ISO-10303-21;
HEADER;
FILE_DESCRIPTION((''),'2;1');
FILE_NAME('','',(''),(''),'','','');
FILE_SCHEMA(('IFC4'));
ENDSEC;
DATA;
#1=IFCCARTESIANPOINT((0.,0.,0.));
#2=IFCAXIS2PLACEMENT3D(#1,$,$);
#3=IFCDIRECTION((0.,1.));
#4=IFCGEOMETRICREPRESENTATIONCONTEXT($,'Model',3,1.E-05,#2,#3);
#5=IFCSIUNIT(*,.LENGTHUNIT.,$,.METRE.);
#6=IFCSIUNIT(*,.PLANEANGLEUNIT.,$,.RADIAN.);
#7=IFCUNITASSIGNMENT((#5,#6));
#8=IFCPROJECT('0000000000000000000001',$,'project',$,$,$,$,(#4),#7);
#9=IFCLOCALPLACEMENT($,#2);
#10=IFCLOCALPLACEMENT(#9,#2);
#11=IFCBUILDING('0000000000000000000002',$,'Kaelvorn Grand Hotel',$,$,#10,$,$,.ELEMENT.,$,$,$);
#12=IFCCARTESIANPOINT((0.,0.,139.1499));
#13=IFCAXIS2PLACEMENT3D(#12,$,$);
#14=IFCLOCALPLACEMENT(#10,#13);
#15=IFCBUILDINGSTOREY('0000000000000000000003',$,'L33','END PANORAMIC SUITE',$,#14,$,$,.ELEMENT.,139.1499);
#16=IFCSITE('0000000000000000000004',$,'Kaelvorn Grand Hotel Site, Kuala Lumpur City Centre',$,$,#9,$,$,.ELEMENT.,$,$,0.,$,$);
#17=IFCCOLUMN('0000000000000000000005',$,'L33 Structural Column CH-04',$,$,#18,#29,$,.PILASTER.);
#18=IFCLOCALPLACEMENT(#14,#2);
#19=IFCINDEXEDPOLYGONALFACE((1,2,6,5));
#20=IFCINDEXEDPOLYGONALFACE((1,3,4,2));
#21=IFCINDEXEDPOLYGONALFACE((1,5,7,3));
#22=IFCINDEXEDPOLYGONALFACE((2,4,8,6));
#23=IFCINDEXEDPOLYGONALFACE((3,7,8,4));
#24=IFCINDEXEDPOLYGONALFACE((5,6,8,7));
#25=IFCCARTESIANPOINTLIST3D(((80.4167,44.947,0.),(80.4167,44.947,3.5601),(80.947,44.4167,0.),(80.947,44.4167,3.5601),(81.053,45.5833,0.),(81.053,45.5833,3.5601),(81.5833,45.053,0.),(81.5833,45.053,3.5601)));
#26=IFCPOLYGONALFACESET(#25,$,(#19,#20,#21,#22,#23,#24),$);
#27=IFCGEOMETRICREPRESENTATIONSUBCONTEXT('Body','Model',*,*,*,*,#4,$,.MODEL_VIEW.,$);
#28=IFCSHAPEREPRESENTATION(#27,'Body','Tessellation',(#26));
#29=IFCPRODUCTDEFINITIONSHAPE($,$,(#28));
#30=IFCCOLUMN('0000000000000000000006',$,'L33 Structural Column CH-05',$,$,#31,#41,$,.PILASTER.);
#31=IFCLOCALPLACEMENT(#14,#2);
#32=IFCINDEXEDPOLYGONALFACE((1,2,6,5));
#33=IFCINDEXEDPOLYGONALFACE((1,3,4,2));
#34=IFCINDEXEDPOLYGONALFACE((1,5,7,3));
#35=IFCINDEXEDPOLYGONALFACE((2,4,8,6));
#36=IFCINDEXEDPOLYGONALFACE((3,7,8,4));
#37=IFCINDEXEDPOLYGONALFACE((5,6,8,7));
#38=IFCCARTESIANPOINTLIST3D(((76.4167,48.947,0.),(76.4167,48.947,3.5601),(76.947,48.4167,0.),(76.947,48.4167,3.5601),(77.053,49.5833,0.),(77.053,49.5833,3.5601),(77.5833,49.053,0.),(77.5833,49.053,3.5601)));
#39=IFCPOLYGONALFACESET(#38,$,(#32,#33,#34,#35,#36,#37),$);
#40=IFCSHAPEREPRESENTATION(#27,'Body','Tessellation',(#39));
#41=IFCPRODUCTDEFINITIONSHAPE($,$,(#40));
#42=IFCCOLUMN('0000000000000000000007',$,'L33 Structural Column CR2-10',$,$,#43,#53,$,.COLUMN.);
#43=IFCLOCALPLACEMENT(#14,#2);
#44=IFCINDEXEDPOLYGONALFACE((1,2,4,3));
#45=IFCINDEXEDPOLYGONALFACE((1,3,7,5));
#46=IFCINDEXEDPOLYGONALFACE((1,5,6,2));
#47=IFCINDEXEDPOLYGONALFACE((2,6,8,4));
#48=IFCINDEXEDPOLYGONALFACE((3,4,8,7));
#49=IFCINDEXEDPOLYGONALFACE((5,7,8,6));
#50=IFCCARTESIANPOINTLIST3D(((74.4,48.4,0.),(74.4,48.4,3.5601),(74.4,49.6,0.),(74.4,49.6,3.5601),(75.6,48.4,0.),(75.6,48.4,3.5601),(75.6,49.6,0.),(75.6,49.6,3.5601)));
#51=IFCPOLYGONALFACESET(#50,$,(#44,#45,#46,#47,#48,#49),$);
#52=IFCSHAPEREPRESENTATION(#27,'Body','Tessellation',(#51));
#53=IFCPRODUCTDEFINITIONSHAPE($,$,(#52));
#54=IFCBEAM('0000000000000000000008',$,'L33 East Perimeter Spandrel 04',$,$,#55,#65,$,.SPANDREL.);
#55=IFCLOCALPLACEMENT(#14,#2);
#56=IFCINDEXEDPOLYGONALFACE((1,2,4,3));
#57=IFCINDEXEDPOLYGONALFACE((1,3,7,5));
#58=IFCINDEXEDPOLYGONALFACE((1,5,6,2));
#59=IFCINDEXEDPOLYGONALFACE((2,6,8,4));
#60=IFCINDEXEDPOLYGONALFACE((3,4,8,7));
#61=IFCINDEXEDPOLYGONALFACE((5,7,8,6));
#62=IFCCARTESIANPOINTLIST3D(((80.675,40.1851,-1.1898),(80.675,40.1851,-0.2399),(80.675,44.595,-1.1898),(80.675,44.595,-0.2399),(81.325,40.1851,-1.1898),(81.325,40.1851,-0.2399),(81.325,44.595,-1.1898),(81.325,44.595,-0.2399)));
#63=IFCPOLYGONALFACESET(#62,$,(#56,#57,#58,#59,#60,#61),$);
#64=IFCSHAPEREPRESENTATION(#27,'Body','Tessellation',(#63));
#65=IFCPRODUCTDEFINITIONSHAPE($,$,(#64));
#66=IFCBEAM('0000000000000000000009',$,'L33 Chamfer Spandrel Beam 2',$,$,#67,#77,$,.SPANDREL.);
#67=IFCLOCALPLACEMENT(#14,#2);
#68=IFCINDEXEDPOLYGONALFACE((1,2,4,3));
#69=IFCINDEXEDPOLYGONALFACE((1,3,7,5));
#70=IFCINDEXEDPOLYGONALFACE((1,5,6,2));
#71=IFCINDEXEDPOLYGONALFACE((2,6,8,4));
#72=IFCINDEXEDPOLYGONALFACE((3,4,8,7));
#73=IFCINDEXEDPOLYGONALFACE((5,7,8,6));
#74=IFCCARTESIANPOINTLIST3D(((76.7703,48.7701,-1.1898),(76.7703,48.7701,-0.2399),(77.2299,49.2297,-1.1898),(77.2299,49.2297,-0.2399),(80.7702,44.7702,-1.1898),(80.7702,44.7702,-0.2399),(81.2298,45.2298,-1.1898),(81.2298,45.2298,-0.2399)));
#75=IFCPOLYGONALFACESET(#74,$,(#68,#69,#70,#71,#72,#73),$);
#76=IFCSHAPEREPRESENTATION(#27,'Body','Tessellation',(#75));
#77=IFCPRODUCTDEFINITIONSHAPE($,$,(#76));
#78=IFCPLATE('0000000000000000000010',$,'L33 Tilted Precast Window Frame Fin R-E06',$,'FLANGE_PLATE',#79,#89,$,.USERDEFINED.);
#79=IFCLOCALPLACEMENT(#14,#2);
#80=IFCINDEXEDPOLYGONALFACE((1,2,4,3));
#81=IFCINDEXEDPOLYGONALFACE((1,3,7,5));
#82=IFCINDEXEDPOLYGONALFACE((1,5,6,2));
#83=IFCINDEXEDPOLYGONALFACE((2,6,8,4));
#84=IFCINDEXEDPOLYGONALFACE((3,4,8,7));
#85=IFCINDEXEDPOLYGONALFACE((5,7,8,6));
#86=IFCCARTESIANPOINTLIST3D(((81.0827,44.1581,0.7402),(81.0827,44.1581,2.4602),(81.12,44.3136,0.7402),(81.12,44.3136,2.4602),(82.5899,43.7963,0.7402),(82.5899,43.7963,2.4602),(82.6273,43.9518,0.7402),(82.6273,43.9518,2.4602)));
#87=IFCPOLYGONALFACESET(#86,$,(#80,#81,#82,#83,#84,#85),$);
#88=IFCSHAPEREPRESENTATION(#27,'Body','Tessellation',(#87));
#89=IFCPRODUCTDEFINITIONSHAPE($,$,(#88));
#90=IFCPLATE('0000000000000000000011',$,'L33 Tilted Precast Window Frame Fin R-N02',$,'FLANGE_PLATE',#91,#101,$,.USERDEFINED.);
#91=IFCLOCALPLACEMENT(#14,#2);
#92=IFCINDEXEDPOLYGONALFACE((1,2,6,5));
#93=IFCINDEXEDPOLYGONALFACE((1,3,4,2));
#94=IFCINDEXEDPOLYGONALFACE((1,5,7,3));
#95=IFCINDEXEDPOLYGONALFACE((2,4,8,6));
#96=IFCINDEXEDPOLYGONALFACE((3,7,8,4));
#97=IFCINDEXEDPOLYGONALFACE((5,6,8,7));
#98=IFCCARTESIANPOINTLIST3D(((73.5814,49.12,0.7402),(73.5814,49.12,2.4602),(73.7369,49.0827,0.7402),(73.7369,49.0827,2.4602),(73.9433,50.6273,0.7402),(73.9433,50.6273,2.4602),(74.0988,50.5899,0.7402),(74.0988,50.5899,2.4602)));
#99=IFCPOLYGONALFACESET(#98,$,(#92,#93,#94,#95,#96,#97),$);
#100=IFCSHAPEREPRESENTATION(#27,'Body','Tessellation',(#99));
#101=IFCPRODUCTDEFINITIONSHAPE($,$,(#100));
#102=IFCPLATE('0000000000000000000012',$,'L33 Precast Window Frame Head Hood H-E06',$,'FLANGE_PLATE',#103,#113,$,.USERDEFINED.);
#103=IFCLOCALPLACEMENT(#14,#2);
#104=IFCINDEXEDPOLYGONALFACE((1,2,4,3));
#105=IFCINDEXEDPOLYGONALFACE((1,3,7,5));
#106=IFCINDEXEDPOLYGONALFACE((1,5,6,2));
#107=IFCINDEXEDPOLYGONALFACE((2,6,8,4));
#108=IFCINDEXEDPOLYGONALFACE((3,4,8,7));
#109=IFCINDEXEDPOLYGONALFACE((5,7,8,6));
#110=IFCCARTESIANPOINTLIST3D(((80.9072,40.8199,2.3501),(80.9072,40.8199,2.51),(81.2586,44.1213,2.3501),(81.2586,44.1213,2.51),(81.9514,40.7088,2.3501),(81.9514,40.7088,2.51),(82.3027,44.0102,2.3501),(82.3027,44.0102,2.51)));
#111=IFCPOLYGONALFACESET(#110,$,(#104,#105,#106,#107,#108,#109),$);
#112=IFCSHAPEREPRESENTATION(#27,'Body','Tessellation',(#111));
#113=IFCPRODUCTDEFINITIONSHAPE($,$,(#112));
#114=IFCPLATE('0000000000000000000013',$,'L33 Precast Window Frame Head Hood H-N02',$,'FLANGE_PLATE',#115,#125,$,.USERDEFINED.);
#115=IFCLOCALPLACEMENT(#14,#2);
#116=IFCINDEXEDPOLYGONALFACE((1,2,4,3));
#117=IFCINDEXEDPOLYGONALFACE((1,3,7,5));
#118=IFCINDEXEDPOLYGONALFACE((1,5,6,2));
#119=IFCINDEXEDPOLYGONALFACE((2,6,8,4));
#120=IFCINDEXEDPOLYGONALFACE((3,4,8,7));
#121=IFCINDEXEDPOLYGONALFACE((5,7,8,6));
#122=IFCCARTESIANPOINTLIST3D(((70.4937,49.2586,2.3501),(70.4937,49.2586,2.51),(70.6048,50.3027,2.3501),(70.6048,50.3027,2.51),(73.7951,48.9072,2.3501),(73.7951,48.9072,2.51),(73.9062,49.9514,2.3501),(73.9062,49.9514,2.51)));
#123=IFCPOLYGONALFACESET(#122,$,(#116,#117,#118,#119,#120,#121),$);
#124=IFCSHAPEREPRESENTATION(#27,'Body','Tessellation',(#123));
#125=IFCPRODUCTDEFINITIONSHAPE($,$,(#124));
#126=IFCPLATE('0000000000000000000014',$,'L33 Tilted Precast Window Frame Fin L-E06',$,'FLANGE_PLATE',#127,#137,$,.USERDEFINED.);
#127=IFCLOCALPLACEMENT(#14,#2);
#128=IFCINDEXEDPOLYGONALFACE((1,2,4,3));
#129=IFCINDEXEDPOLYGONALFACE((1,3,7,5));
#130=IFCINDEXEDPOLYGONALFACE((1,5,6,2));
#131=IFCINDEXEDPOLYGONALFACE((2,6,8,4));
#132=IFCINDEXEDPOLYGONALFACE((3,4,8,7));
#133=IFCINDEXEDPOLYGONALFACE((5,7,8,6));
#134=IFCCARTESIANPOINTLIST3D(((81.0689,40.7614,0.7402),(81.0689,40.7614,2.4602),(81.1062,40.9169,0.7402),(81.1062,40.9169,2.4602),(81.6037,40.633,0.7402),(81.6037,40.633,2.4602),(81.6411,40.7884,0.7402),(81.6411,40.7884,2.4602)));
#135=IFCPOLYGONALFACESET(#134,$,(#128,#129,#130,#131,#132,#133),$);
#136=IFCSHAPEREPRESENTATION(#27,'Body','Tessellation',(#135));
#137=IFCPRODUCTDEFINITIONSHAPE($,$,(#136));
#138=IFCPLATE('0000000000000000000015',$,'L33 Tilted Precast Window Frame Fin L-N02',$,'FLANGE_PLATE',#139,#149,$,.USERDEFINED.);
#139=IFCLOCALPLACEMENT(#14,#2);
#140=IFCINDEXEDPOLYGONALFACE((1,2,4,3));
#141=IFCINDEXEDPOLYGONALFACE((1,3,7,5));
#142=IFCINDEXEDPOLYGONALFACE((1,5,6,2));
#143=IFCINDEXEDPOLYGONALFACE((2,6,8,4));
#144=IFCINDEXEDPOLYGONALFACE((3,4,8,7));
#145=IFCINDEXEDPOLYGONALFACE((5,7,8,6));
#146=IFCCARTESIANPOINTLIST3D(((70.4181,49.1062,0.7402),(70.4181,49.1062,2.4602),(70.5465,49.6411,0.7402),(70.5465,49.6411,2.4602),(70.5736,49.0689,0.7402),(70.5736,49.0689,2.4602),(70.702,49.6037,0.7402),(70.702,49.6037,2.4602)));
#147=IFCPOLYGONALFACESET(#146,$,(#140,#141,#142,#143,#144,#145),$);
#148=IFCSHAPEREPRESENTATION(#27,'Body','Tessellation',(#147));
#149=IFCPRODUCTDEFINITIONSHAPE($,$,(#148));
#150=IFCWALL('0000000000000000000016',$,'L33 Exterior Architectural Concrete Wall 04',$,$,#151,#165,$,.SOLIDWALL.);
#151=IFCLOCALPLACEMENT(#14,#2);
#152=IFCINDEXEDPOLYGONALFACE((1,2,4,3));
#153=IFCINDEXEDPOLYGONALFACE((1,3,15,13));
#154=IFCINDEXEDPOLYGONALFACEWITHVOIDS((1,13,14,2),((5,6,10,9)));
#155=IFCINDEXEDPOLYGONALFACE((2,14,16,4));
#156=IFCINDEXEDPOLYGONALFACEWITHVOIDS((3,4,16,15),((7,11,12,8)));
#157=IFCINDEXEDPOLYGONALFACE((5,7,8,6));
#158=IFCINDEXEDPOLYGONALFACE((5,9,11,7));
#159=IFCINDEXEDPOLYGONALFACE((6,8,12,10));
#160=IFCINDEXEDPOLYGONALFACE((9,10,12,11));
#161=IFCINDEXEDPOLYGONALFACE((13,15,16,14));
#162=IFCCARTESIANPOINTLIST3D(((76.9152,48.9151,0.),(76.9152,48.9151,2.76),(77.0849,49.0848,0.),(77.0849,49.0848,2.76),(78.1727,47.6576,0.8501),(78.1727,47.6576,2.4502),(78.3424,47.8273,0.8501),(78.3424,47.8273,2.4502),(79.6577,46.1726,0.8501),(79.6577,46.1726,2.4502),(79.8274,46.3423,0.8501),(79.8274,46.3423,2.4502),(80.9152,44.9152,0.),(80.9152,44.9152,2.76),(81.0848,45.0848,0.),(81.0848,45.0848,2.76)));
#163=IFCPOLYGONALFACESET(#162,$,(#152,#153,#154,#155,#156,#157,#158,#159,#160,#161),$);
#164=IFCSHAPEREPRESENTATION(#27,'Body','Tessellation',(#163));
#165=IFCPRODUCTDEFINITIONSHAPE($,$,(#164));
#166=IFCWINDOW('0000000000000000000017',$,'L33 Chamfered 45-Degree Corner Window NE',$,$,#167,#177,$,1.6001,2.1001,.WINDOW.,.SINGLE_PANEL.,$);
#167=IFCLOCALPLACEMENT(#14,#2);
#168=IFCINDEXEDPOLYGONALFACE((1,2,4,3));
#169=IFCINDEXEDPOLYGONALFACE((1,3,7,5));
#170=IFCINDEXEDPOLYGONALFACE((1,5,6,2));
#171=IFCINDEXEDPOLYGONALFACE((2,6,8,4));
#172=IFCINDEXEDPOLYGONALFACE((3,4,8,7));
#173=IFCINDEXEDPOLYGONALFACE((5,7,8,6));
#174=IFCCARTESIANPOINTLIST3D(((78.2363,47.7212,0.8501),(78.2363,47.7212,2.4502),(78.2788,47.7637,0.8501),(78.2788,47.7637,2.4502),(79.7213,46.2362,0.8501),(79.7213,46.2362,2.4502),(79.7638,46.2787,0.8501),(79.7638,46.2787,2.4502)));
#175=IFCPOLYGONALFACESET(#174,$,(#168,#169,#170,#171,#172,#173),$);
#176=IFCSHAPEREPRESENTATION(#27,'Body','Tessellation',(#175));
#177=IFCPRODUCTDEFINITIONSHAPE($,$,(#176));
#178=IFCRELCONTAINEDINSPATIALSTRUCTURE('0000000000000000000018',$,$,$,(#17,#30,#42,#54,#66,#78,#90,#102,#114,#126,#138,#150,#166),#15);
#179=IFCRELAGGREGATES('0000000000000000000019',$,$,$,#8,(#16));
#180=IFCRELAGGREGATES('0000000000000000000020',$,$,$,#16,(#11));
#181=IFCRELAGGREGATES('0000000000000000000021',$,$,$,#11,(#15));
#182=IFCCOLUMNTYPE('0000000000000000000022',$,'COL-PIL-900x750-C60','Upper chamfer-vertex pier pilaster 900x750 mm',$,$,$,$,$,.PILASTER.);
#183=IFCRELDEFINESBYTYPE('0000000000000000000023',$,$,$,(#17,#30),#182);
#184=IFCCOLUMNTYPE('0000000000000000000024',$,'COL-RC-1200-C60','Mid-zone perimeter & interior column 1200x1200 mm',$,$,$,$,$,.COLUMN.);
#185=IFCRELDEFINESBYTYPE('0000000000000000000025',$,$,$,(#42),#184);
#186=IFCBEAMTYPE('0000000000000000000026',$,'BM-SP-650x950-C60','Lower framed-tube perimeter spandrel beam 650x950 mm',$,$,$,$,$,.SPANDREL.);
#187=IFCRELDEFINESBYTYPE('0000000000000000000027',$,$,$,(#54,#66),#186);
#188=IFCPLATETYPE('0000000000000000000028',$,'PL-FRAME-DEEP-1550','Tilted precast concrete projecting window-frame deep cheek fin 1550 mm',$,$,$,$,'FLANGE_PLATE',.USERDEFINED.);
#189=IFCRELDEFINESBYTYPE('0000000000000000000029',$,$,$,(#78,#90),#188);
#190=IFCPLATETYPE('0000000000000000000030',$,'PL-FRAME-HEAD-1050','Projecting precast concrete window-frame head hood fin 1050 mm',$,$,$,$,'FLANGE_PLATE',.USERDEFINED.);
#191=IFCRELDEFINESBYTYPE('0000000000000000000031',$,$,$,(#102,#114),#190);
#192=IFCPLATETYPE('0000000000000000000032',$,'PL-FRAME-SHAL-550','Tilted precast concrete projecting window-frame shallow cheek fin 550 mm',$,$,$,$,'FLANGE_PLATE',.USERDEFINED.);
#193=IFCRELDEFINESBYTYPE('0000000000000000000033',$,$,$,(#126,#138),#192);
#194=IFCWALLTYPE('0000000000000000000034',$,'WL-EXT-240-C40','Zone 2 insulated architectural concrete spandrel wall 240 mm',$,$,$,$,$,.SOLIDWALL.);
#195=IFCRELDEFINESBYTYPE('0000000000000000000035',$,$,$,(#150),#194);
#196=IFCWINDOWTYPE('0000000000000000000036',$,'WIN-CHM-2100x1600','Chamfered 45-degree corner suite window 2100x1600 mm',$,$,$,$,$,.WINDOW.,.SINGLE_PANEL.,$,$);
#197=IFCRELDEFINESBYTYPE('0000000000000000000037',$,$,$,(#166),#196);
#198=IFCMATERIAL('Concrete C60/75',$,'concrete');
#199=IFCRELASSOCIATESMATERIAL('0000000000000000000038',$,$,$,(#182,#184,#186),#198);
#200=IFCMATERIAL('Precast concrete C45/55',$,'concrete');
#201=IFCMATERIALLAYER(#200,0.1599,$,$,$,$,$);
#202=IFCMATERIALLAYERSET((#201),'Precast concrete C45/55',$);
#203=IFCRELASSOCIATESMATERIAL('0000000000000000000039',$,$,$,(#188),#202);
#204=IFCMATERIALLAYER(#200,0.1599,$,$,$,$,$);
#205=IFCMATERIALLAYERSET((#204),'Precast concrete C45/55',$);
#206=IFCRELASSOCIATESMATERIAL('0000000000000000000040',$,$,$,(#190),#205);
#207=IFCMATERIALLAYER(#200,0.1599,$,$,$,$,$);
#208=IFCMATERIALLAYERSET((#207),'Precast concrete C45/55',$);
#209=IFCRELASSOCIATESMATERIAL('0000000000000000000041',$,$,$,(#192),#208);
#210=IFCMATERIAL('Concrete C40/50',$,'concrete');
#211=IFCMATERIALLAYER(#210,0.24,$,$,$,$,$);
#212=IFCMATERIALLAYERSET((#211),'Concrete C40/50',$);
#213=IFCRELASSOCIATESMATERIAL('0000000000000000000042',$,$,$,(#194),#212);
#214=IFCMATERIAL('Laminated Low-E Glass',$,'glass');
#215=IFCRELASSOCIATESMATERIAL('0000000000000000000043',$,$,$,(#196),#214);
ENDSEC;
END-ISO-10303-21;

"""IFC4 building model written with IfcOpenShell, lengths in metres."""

from ifc_helpers import new_model, si_unit, direction, frame, frame_2d, origin, origin_2d, place, context, subcontext, project, spatial, rectangle, extrude, material, layer, layer_set, material_profile, profile_set, type_object, element, fill, save


model = new_model("IFC4")

# Units and contexts
model_context = context("Model", 3, precision=1e-05, world=origin(), true_north=direction((0.0, 1.0)))
body_context = subcontext(model_context, "Body", "Model", "MODEL_VIEW")
ifc_project = project(units=[si_unit("LENGTHUNIT", "METRE"), si_unit("PLANEANGLEUNIT", "RADIAN")], contexts=[model_context])

# Site, building, storey
site_placement = place(None, origin())
site = spatial("IfcSite", under=ifc_project, at=site_placement, Name="Kaelvorn Grand Hotel Site, Kuala Lumpur City Centre", CompositionType="ELEMENT", RefElevation=0.0)
building_placement = place(site_placement, origin())
building = spatial("IfcBuilding", under=site, at=building_placement, Name="Kaelvorn Grand Hotel", CompositionType="ELEMENT")
storey_placement = place(building_placement, frame((0.0, 0.0, 139.1499)))
storey = spatial("IfcBuildingStorey", under=building, at=storey_placement, Name="L33", Description="END PANORAMIC SUITE", CompositionType="ELEMENT", Elevation=139.1499)

# Columns
ifc_material_1 = material(Name="Concrete C60/75", Category="concrete")
ifc_material_profile_1 = material_profile(ifc_material_1, rectangle(XDim=0.8999, YDim=0.75, at=origin_2d()), Name="RC PILASTER 900x750")
ifc_profile_set_1 = profile_set([ifc_material_profile_1], Name="Concrete C60/75")
column_type_1 = type_object("IfcColumnType", Name="COL-PIL-900x750-C60", Description="Upper chamfer-vertex pier pilaster 900x750 mm", PredefinedType="PILASTER", material=ifc_profile_set_1)
for number, where, z_axis, x_axis, name in (
    (1, (81.0, 45.0, 0.0), (0.0, 0.0, 1.0), (0.707107, 0.707107, 0.0), "L33 Structural Column CH-04"),
    (2, (77.0, 49.0, 0.0), (0.0, 0.0, 1.0), (0.707107, 0.707107, 0.0), "L33 Structural Column CH-05"),
):
    element("IfcColumn", number, at=place(storey_placement, frame(where, z_axis=z_axis, x_axis=x_axis)), inside=storey, type_object=column_type_1, Name=name, PredefinedType="PILASTER", context=body_context, shape_type="SweptSolid", body=[
        extrude(rectangle(XDim=0.8999, YDim=0.75, at=origin_2d()), origin(), (0.0, 0.0, 1.0), 3.5601),
    ])
ifc_material_profile_2 = material_profile(ifc_material_1, rectangle(XDim=1.2, YDim=1.2, at=origin_2d()), Name="RC COL 1200x1200")
ifc_profile_set_2 = profile_set([ifc_material_profile_2], Name="Concrete C60/75")
column_type_2 = type_object("IfcColumnType", Name="COL-RC-1200-C60", Description="Mid-zone perimeter & interior column 1200x1200 mm", PredefinedType="COLUMN", material=ifc_profile_set_2)
column_placement = place(storey_placement, frame((75.0, 49.0, 0.0), z_axis=(0.0, 0.0, 1.0), x_axis=(1.0, 0.0, 0.0)))
element("IfcColumn", 3, at=column_placement, inside=storey, type_object=column_type_2, Name="L33 Structural Column CR2-10", PredefinedType="COLUMN", context=body_context, shape_type="SweptSolid", body=[
    extrude(rectangle(XDim=1.2, YDim=1.2, at=origin_2d()), origin(), (0.0, 0.0, 1.0), 3.5601),
])

# Beams
ifc_material_profile_3 = material_profile(ifc_material_1, rectangle(XDim=0.6499, YDim=0.95, at=origin_2d()), Name="RC SPANDREL 650x950")
ifc_profile_set_3 = profile_set([ifc_material_profile_3], Name="Concrete C60/75")
beam_type = type_object("IfcBeamType", Name="BM-SP-650x950-C60", Description="Lower framed-tube perimeter spandrel beam 650x950 mm", PredefinedType="SPANDREL", material=ifc_profile_set_3)
beam_1_placement = place(storey_placement, frame((81.0, 40.1851, -0.7148), z_axis=(0.0, 1.0, 0.0), x_axis=(-1.0, 0.0, 0.0)))
element("IfcBeam", 4, at=beam_1_placement, inside=storey, type_object=beam_type, Name="L33 East Perimeter Spandrel 04", PredefinedType="SPANDREL", context=body_context, shape_type="SweptSolid", body=[
    extrude(rectangle(XDim=0.6499, YDim=0.95, at=origin_2d()), origin(), (0.0, 0.0, 1.0), 4.4099),
])
beam_2_placement = place(storey_placement, frame((81.0, 45.0, -0.7148), z_axis=(-0.707107, 0.707107, 0.0), x_axis=(-0.707107, -0.707107, 0.0)))
element("IfcBeam", 5, at=beam_2_placement, inside=storey, type_object=beam_type, Name="L33 Chamfer Spandrel Beam 2", PredefinedType="SPANDREL", context=body_context, shape_type="SweptSolid", body=[
    extrude(rectangle(XDim=0.6499, YDim=0.95, at=origin_2d()), origin(), (0.0, 0.0, 1.0), 5.6567),
])

# Plates
ifc_material_2 = material(Name="Precast concrete C45/55", Category="concrete")
ifc_layer_1 = layer(ifc_material_2, 0.1599)
ifc_layer_set_1 = layer_set([ifc_layer_1], Name="Precast concrete C45/55")
plate_type_1 = type_object("IfcPlateType", Name="PL-FRAME-DEEP-1550", Description="Tilted precast concrete projecting window-frame deep cheek fin 1550 mm", ElementType="FLANGE_PLATE", PredefinedType="USERDEFINED", material=ifc_layer_set_1)
for number, where, z_axis, x_axis, name in (
    (6, (81.855, 44.0549, 0.7402), (0.0, 0.0, 1.0), (0.233445, 0.97237, 0.0), "L33 Tilted Precast Window Frame Fin R-E06"),
    (7, (73.8401, 49.855, 0.7402), (0.0, 0.0, 1.0), (0.97237, -0.233445, 0.0), "L33 Tilted Precast Window Frame Fin R-N02"),
):
    element("IfcPlate", number, at=place(storey_placement, frame(where, z_axis=z_axis, x_axis=x_axis)), inside=storey, type_object=plate_type_1, Name=name, ObjectType="FLANGE_PLATE", PredefinedType="USERDEFINED", context=body_context, shape_type="SweptSolid", body=[
        extrude(rectangle(XDim=0.1599, YDim=1.55, at=origin_2d()), origin(), (0.0, 0.0, 1.0), 1.72),
    ])
ifc_layer_2 = layer(ifc_material_2, 0.1599)
ifc_layer_set_2 = layer_set([ifc_layer_2], Name="Precast concrete C45/55")
plate_type_2 = type_object("IfcPlateType", Name="PL-FRAME-HEAD-1050", Description="Projecting precast concrete window-frame head hood fin 1050 mm", ElementType="FLANGE_PLATE", PredefinedType="USERDEFINED", material=ifc_layer_set_2)
for number, where, z_axis, x_axis, name in (
    (8, (81.605, 42.415, 2.3501), (0.0, 0.0, 1.0), (0.10583, 0.994384, 0.0), "L33 Precast Window Frame Head Hood H-E06"),
    (9, (72.2, 49.605, 2.3501), (0.0, 0.0, 1.0), (0.994384, -0.10583, 0.0), "L33 Precast Window Frame Head Hood H-N02"),
):
    element("IfcPlate", number, at=place(storey_placement, frame(where, z_axis=z_axis, x_axis=x_axis)), inside=storey, type_object=plate_type_2, Name=name, ObjectType="FLANGE_PLATE", PredefinedType="USERDEFINED", context=body_context, shape_type="SweptSolid", body=[
        extrude(rectangle(XDim=3.3201, YDim=1.05, at=origin_2d()), origin(), (0.0, 0.0, 1.0), 0.1599),
    ])
ifc_layer_3 = layer(ifc_material_2, 0.1599)
ifc_layer_set_3 = layer_set([ifc_layer_3], Name="Precast concrete C45/55")
plate_type_3 = type_object("IfcPlateType", Name="PL-FRAME-SHAL-550", Description="Tilted precast concrete projecting window-frame shallow cheek fin 550 mm", ElementType="FLANGE_PLATE", PredefinedType="USERDEFINED", material=ifc_layer_set_3)
for number, where, z_axis, x_axis, name in (
    (10, (81.355, 40.7749, 0.7402), (0.0, 0.0, 1.0), (0.233445, 0.97237, 0.0), "L33 Tilted Precast Window Frame Fin L-E06"),
    (11, (70.5601, 49.355, 0.7402), (0.0, 0.0, 1.0), (0.97237, -0.233445, 0.0), "L33 Tilted Precast Window Frame Fin L-N02"),
):
    element("IfcPlate", number, at=place(storey_placement, frame(where, z_axis=z_axis, x_axis=x_axis)), inside=storey, type_object=plate_type_3, Name=name, ObjectType="FLANGE_PLATE", PredefinedType="USERDEFINED", context=body_context, shape_type="SweptSolid", body=[
        extrude(rectangle(XDim=0.1599, YDim=0.55, at=origin_2d()), origin(), (0.0, 0.0, 1.0), 1.72),
    ])

# Wall, opening, window
ifc_material_3 = material(Name="Concrete C40/50", Category="concrete")
ifc_layer_4 = layer(ifc_material_3, 0.24)
ifc_layer_set_4 = layer_set([ifc_layer_4], Name="Concrete C40/50")
wall_type = type_object("IfcWallType", Name="WL-EXT-240-C40", Description="Zone 2 insulated architectural concrete spandrel wall 240 mm", PredefinedType="SOLIDWALL", material=ifc_layer_set_4)
wall_1_placement = place(storey_placement, frame((81.0, 45.0, 0.0), z_axis=(0.0, 0.0, 1.0), x_axis=(-0.707107, 0.707107, 0.0)))
wall_1 = element("IfcWall", 12, at=wall_1_placement, inside=storey, type_object=wall_type, Name="L33 Exterior Architectural Concrete Wall 04", PredefinedType="SOLIDWALL", context=body_context, shape_type="SweptSolid", body=[
    extrude(rectangle(XDim=5.6567, YDim=0.24, at=frame_2d((2.8284, 0.0))), origin(), (0.0, 0.0, 1.0), 2.76),
])
opening_1_placement = place(wall_1_placement, frame((1.7783, 0.0, 0.8501)))
opening_1 = element("IfcOpeningElement", 13, at=opening_1_placement, cuts=wall_1, PredefinedType="OPENING", context=body_context, shape_type="SweptSolid", body=[
    extrude(rectangle(XDim=2.1001, YDim=1.6001, at=frame_2d((1.05, 0.8))), frame((0.0, 0.1299, 0.0), z_axis=(0.0, -1.0, 0.0), x_axis=(1.0, 0.0, 0.0)), (0.0, 0.0, 1.0), 0.26),
])
ifc_material_4 = material(Name="Laminated Low-E Glass", Category="glass")
window_type_1 = type_object("IfcWindowType", Name="WIN-CHM-2100x1600", Description="Chamfered 45-degree corner suite window 2100x1600 mm", PartitioningType="SINGLE_PANEL", PredefinedType="WINDOW", material=ifc_material_4)
window_1_placement = place(opening_1_placement, origin())
window_1 = element("IfcWindow", 14, at=window_1_placement, inside=storey, type_object=window_type_1, Name="L33 Chamfered 45-Degree Corner Window NE", OverallHeight=1.6001, OverallWidth=2.1001, PartitioningType="SINGLE_PANEL", PredefinedType="WINDOW", context=body_context, shape_type="SweptSolid", body=[
    extrude(rectangle(XDim=2.1001, YDim=1.6001, at=frame_2d((1.05, 0.8))), frame((0.0, 0.03, 0.0), z_axis=(0.0, -1.0, 0.0), x_axis=(1.0, 0.0, 0.0)), (0.0, 0.0, 1.0), 0.0601),
])
fill(opening_1, window_1)

save(model, "model.ifc")
